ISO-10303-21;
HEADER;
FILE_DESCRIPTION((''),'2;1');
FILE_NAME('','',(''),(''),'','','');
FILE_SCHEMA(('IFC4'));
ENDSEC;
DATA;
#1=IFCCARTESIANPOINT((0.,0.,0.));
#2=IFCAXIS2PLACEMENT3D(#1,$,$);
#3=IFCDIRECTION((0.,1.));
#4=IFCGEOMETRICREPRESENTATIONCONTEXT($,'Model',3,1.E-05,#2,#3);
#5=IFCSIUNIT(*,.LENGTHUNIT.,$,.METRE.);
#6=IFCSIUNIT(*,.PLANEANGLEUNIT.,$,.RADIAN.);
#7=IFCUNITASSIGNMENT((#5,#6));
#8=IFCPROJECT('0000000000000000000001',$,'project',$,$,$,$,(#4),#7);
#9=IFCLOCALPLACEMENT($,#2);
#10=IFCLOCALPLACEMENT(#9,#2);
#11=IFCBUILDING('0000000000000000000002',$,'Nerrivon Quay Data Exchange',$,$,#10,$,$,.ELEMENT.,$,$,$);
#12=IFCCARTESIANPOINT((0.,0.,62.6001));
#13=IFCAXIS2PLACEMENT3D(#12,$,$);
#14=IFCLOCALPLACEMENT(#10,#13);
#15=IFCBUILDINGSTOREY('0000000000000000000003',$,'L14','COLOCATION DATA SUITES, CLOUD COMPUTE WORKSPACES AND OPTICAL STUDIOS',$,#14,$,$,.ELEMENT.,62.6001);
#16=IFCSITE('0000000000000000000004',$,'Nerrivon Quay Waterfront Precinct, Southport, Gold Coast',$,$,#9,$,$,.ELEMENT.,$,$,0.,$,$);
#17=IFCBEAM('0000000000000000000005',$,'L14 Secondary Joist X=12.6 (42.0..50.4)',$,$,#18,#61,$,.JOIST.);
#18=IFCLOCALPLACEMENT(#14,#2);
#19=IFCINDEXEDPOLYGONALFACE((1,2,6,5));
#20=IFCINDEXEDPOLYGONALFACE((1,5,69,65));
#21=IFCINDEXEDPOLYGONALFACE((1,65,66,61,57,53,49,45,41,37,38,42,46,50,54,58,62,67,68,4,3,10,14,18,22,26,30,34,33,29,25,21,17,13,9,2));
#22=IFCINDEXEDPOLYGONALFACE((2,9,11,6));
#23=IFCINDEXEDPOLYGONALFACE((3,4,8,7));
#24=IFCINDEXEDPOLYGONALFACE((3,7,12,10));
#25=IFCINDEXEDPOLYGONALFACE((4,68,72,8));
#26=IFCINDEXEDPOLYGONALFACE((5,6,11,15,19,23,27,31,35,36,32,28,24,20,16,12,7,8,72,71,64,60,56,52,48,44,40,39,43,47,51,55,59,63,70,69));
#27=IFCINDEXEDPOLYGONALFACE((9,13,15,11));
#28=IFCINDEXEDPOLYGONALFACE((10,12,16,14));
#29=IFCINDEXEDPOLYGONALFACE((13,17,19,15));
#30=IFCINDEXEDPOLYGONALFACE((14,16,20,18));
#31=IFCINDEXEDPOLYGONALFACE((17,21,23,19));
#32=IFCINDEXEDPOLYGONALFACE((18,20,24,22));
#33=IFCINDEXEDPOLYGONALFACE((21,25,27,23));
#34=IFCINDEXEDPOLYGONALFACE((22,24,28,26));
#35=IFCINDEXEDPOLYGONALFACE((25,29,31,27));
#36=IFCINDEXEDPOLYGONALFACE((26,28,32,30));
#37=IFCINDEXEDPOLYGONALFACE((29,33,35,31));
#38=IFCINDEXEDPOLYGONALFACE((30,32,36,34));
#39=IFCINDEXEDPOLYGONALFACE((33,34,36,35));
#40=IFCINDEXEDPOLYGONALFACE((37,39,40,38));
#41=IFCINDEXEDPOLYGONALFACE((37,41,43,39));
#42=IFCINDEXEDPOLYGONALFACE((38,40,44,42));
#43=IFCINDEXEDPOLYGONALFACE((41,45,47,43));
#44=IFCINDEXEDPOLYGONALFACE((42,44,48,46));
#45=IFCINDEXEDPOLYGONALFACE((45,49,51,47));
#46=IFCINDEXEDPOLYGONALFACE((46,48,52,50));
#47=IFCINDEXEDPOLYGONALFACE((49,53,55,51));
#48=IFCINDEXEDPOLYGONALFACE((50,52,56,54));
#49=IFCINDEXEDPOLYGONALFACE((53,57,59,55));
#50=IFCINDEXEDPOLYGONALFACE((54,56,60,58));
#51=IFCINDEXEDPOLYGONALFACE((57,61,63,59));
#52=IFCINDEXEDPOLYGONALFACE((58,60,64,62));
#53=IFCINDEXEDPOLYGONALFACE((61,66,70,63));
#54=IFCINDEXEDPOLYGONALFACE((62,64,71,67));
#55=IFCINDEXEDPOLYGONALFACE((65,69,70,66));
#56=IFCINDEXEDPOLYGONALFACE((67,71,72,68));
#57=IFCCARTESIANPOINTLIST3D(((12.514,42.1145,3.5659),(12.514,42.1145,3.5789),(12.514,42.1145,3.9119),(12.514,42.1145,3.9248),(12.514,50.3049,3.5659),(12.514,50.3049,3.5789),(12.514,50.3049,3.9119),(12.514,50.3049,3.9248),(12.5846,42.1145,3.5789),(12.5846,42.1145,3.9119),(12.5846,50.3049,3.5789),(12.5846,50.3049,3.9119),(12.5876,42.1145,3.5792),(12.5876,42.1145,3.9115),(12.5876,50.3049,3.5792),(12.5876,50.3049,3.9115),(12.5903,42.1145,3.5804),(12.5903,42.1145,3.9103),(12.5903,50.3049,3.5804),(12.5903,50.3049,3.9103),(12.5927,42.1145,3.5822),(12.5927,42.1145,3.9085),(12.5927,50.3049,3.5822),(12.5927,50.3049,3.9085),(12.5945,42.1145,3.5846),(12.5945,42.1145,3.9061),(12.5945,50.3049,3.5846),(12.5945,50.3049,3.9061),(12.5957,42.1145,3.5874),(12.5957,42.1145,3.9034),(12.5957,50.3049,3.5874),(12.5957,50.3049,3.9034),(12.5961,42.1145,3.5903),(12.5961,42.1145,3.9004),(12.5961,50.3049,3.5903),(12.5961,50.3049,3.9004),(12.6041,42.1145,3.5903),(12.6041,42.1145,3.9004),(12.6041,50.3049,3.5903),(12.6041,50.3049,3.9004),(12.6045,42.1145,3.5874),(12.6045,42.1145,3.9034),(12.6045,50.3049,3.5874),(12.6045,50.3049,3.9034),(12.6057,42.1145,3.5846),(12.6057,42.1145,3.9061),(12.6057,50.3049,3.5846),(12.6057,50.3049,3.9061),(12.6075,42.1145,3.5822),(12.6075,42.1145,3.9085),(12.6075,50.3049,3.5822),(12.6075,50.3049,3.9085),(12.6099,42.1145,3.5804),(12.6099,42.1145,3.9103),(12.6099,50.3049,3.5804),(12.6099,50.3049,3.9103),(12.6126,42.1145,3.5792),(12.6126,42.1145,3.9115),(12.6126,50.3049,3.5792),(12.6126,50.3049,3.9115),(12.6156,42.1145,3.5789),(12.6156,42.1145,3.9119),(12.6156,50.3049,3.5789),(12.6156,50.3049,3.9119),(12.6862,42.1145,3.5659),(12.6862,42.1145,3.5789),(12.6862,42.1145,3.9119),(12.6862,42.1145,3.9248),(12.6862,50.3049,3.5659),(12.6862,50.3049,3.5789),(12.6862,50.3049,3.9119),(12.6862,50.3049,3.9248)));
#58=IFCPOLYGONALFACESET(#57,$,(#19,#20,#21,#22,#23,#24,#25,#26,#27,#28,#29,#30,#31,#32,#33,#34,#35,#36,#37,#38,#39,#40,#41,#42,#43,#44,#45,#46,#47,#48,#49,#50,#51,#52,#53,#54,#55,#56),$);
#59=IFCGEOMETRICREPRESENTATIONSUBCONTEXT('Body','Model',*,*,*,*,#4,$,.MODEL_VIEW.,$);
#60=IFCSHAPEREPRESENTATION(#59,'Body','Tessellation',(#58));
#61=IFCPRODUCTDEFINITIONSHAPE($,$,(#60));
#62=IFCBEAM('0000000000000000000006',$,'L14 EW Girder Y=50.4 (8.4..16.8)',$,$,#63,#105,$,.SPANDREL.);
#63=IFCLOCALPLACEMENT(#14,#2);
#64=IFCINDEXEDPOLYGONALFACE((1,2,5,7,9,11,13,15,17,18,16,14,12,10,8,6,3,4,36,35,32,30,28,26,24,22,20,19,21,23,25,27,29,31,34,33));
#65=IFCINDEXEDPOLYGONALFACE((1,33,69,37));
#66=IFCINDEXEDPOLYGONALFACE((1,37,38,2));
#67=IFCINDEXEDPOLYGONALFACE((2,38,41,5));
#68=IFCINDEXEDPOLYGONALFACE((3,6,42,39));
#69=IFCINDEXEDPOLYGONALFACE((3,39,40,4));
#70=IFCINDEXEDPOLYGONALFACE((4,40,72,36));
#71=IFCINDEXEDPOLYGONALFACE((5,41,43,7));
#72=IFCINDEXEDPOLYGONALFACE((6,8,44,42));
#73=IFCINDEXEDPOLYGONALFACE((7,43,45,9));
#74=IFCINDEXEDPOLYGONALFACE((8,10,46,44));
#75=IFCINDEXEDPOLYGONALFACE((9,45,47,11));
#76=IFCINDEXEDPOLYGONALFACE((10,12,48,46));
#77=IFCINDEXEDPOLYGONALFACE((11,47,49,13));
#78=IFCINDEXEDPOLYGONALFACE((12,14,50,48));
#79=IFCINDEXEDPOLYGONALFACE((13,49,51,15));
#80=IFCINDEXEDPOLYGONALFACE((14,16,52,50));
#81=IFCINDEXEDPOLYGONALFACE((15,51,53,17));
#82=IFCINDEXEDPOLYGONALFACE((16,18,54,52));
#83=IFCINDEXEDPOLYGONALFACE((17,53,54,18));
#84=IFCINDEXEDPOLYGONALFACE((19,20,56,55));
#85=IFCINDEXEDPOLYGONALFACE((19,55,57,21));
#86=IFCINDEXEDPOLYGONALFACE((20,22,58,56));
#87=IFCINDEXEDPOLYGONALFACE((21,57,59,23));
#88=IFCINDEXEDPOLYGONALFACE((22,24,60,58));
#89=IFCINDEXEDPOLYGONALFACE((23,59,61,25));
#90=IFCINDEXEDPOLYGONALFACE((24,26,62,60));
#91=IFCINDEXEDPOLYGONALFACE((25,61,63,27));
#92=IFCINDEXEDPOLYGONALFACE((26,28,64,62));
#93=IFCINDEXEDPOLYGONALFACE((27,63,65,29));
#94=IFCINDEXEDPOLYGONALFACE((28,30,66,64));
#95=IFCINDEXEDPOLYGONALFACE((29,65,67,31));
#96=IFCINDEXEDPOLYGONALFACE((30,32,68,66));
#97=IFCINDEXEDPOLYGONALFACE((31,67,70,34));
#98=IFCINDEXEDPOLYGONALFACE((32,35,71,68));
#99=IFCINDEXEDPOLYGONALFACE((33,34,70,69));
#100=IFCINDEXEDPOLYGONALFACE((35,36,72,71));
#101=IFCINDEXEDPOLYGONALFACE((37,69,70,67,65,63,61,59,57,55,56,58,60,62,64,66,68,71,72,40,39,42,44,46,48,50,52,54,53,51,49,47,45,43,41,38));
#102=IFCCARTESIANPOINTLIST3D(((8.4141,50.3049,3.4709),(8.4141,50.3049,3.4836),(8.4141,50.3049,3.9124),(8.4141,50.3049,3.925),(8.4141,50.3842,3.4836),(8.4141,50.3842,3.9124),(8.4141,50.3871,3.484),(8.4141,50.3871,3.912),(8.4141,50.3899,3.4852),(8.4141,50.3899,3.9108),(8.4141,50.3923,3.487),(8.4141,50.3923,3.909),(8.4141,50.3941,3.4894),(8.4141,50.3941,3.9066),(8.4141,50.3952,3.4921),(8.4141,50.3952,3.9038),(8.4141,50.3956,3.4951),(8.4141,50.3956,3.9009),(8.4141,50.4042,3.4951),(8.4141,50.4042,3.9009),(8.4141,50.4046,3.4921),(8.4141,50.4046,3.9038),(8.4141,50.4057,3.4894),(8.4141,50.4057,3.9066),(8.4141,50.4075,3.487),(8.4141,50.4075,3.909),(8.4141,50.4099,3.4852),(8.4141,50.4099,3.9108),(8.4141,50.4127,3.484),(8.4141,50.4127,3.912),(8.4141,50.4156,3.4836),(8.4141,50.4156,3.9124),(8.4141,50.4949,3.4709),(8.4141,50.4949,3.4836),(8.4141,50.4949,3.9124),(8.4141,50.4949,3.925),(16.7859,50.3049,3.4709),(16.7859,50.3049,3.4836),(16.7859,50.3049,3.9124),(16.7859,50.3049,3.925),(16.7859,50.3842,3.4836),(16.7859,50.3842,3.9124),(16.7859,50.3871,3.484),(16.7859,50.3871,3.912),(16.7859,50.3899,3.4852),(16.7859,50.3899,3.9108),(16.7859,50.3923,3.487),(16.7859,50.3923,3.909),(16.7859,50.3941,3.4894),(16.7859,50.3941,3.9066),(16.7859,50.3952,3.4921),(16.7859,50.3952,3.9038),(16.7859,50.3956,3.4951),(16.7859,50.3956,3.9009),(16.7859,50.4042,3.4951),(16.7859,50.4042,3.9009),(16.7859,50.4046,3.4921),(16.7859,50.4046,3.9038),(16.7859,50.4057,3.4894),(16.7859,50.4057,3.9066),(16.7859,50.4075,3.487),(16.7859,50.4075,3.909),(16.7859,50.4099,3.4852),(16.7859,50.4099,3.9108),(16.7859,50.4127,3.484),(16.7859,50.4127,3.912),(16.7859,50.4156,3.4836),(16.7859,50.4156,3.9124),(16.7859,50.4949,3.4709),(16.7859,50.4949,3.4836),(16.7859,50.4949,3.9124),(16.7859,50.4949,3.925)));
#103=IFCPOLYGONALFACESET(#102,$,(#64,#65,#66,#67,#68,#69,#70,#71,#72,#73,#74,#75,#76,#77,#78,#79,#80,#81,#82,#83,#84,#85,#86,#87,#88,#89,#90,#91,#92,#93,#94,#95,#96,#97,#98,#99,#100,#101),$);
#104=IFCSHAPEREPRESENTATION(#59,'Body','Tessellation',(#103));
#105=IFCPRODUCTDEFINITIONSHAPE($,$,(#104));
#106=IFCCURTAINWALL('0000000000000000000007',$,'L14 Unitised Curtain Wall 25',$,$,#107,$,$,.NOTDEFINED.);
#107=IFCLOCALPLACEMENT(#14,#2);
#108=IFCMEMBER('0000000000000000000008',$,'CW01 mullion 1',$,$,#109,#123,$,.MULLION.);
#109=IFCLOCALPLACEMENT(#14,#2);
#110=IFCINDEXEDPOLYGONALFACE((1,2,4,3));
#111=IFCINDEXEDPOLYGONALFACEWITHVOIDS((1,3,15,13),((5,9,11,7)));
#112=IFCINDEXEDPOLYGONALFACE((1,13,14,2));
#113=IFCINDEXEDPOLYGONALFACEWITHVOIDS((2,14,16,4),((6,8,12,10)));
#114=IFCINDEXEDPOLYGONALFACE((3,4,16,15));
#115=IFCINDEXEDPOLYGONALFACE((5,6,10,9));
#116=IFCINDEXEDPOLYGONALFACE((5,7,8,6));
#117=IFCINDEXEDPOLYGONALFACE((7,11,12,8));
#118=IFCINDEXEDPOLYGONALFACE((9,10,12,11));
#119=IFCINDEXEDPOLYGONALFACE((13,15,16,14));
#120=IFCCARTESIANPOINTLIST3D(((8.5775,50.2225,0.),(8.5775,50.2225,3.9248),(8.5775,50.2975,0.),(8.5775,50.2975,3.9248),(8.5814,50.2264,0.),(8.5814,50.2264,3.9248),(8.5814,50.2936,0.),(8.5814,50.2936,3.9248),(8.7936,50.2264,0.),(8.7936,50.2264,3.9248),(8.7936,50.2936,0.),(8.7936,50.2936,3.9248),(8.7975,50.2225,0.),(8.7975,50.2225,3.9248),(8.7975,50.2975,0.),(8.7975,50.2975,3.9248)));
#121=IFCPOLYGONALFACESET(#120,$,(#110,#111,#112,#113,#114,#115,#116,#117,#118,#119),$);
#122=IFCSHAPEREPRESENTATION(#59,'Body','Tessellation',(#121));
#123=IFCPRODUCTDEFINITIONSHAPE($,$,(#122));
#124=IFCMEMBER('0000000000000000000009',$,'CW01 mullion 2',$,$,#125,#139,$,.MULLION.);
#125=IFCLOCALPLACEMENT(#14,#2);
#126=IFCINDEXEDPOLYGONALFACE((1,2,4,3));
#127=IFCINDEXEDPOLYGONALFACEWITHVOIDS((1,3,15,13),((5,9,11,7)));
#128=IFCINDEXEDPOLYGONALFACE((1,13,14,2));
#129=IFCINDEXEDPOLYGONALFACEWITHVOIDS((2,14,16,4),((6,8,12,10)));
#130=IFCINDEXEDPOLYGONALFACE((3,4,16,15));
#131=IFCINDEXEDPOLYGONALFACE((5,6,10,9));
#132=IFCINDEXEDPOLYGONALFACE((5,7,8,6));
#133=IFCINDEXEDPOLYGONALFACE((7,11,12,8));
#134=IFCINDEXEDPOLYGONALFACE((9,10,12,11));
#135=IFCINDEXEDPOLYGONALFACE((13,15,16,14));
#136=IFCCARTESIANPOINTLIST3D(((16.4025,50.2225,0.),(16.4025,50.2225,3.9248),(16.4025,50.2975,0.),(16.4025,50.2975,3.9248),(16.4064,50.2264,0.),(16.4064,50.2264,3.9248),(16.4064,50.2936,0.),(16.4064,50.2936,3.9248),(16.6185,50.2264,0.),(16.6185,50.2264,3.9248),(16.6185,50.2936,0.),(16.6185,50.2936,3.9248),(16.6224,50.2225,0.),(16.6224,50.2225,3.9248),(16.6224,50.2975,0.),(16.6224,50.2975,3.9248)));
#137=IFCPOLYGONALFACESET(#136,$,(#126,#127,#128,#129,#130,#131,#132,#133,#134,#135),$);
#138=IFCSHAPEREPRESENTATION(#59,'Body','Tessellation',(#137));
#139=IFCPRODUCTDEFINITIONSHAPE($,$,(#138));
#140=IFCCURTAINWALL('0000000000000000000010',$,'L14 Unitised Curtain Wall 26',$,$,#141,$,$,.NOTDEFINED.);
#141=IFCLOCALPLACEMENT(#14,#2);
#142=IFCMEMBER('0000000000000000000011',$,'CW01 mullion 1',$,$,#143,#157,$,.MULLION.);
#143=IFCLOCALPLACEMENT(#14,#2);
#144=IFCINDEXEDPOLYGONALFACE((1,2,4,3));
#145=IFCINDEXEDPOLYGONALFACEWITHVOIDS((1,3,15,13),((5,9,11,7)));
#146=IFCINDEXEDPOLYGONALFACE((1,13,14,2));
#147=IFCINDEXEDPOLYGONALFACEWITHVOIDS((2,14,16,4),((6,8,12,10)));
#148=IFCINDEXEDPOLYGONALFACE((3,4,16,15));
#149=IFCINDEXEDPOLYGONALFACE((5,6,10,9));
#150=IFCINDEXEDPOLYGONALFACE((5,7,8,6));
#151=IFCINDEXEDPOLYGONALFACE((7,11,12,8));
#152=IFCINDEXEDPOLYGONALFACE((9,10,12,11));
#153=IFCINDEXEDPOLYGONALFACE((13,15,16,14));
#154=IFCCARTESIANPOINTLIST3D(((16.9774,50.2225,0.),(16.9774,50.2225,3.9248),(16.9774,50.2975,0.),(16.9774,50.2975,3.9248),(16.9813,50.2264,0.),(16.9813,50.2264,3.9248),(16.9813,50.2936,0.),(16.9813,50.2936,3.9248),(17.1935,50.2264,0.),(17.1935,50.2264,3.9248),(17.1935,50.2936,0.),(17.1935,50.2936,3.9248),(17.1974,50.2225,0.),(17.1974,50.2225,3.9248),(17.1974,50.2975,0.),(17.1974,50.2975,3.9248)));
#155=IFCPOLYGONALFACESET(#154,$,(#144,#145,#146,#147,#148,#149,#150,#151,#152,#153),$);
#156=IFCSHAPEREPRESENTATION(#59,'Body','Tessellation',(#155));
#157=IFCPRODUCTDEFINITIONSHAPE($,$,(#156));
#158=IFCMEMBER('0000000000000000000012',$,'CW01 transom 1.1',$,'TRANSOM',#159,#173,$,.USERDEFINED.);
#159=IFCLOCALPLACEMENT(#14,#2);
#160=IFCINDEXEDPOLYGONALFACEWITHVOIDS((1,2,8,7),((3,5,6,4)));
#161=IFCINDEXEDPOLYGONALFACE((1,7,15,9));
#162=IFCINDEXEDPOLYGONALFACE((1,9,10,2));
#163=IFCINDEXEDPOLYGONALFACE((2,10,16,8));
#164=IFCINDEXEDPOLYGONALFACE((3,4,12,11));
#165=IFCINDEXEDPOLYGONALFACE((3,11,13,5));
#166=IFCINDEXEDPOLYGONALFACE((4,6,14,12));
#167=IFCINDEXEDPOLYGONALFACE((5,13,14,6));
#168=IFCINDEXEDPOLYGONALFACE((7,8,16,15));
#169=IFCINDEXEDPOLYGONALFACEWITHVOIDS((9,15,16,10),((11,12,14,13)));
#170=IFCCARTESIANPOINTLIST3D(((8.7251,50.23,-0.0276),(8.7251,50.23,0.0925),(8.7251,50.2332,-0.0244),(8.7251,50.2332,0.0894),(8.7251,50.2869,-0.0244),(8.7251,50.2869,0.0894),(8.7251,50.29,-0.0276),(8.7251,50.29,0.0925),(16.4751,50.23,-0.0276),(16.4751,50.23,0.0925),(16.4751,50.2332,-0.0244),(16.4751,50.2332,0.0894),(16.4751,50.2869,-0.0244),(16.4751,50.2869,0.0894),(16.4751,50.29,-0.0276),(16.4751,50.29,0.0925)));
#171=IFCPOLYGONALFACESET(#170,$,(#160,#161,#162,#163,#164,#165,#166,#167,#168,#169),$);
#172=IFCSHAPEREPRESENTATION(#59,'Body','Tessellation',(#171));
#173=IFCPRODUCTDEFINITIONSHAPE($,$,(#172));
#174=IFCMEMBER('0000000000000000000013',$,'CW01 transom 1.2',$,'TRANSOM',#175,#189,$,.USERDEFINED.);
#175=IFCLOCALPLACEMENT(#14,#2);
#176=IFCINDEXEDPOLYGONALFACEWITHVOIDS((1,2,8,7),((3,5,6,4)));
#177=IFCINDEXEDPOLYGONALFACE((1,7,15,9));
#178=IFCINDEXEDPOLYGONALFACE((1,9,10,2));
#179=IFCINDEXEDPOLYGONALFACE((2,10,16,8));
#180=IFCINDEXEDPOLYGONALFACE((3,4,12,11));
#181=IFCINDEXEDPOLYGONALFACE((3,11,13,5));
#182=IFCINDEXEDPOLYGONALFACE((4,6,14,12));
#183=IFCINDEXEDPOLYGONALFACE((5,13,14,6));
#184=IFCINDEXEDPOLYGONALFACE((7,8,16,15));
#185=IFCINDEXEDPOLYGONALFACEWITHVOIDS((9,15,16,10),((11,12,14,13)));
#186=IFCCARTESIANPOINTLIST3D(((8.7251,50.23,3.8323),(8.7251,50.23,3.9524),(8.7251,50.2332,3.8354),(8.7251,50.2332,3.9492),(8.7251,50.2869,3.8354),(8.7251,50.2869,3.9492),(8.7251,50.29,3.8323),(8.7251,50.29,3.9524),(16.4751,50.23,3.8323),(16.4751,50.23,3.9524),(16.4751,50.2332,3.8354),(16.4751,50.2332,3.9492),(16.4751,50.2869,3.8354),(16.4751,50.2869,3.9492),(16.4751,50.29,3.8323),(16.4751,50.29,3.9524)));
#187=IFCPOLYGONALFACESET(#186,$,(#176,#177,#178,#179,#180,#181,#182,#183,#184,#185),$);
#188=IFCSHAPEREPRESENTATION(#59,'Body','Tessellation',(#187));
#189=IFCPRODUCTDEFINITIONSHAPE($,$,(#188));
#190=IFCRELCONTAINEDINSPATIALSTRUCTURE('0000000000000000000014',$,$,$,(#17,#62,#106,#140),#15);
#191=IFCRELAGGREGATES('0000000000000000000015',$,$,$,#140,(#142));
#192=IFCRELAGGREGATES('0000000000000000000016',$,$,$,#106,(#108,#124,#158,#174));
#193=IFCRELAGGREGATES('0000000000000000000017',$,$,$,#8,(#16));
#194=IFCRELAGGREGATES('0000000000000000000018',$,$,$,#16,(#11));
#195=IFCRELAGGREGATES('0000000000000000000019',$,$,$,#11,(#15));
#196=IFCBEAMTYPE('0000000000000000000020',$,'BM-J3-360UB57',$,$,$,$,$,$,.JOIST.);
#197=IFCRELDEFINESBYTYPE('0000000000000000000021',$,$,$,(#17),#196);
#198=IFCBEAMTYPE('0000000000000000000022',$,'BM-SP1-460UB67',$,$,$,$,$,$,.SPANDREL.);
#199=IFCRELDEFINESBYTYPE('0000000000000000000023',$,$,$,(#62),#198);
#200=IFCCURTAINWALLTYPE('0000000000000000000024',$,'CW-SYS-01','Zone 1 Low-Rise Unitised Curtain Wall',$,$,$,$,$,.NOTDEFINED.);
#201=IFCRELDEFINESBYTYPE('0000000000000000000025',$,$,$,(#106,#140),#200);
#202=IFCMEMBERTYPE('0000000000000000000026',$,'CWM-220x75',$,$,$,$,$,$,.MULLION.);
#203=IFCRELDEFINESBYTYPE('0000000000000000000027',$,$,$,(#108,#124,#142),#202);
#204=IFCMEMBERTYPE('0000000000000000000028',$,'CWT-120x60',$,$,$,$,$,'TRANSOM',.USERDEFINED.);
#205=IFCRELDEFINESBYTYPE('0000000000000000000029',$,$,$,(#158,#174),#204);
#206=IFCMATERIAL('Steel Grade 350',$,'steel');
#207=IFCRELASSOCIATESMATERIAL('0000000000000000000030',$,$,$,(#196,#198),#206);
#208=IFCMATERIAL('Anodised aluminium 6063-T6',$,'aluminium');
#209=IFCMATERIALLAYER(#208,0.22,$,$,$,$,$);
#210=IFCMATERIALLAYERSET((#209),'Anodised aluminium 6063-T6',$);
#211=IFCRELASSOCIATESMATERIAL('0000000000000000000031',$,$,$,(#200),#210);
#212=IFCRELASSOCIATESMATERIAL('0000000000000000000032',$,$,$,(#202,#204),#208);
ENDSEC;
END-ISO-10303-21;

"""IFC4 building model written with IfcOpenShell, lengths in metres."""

from ifc_helpers import new_model, si_unit, direction, frame, origin, origin_2d, place, context, subcontext, project, spatial, hollow_rectangle, i_section, extrude, material, layer, layer_set, material_profile, profile_set, type_object, element, aggregate, save


model = new_model("IFC4")

# Units and contexts
model_context = context("Model", 3, precision=1e-05, world=origin(), true_north=direction((0.0, 1.0)))
body_context = subcontext(model_context, "Body", "Model", "MODEL_VIEW")
ifc_project = project(units=[si_unit("LENGTHUNIT", "METRE"), si_unit("PLANEANGLEUNIT", "RADIAN")], contexts=[model_context])

# Site, building, storey
site_placement = place(None, origin())
site = spatial("IfcSite", under=ifc_project, at=site_placement, Name="Nerrivon Quay Waterfront Precinct, Southport, Gold Coast", CompositionType="ELEMENT", RefElevation=0.0)
building_placement = place(site_placement, origin())
building = spatial("IfcBuilding", under=site, at=building_placement, Name="Nerrivon Quay Data Exchange", CompositionType="ELEMENT")
storey_placement = place(building_placement, frame((0.0, 0.0, 62.6001)))
storey = spatial("IfcBuildingStorey", under=building, at=storey_placement, Name="L14", Description="COLOCATION DATA SUITES, CLOUD COMPUTE WORKSPACES AND OPTICAL STUDIOS", CompositionType="ELEMENT", Elevation=62.6001)

# Shared definitions
ifc_material_1 = material(Name="Steel Grade 350", Category="steel")

# Beams
ifc_material_profile_1 = material_profile(ifc_material_1, i_section(OverallWidth=0.1721, OverallDepth=0.3589, WebThickness=0.0081, FlangeThickness=0.0129, FilletRadius=0.0115, at=origin_2d()), Name="360UB56.7")
ifc_profile_set_1 = profile_set([ifc_material_profile_1], Name="Steel Grade 350")
beam_type_1 = type_object("IfcBeamType", Name="BM-J3-360UB57", PredefinedType="JOIST", material=ifc_profile_set_1)
beam_1_placement = place(storey_placement, frame((12.6001, 42.1145, 3.7454), z_axis=(0.0, 1.0, 0.0), x_axis=(-1.0, 0.0, 0.0)))
element("IfcBeam", 1, at=beam_1_placement, inside=storey, type_object=beam_type_1, Name="L14 Secondary Joist X=12.6 (42.0..50.4)", PredefinedType="JOIST", context=body_context, shape_type="SweptSolid", body=[
    extrude(i_section(OverallWidth=0.1721, OverallDepth=0.3589, WebThickness=0.0081, FlangeThickness=0.0129, FilletRadius=0.0115, at=origin_2d()), origin(), (0.0, 0.0, 1.0), 8.1904),
])
ifc_material_profile_2 = material_profile(ifc_material_1, i_section(OverallWidth=0.1899, OverallDepth=0.4541, WebThickness=0.0085, FlangeThickness=0.0127, FilletRadius=0.0115, at=origin_2d()), Name="460UB67.1")
ifc_profile_set_2 = profile_set([ifc_material_profile_2], Name="Steel Grade 350")
beam_type_2 = type_object("IfcBeamType", Name="BM-SP1-460UB67", PredefinedType="SPANDREL", material=ifc_profile_set_2)
beam_2_placement = place(storey_placement, frame((8.4141, 50.3999, 3.698), z_axis=(1.0, 0.0, 0.0), x_axis=(0.0, 1.0, 0.0)))
element("IfcBeam", 2, at=beam_2_placement, inside=storey, type_object=beam_type_2, Name="L14 EW Girder Y=50.4 (8.4..16.8)", PredefinedType="SPANDREL", context=body_context, shape_type="SweptSolid", body=[
    extrude(i_section(OverallWidth=0.1899, OverallDepth=0.4541, WebThickness=0.0085, FlangeThickness=0.0127, FilletRadius=0.0115, at=origin_2d()), origin(), (0.0, 0.0, 1.0), 8.3718),
])

# Curtain wall, members
ifc_material_2 = material(Name="Anodised aluminium 6063-T6", Category="aluminium")
ifc_layer_1 = layer(ifc_material_2, 0.22)
ifc_layer_set_1 = layer_set([ifc_layer_1], Name="Anodised aluminium 6063-T6")
curtain_wall_type = type_object("IfcCurtainWallType", Name="CW-SYS-01", Description="Zone 1 Low-Rise Unitised Curtain Wall", PredefinedType="NOTDEFINED", material=ifc_layer_set_1)
curtain_wall_1_placement = place(storey_placement, origin())
curtain_wall_1 = element("IfcCurtainWall", 3, at=curtain_wall_1_placement, inside=storey, type_object=curtain_wall_type, Name="L14 Unitised Curtain Wall 25", PredefinedType="NOTDEFINED")
ifc_material_profile_3 = material_profile(ifc_material_2, hollow_rectangle(XDim=0.075, YDim=0.22, WallThickness=0.0039, at=origin_2d()), Name="ALU-MULL-220x75")
ifc_profile_set_3 = profile_set([ifc_material_profile_3], Name="Anodised aluminium 6063-T6")
member_type_1 = type_object("IfcMemberType", Name="CWM-220x75", PredefinedType="MULLION", material=ifc_profile_set_3)
member_1_placement = place(storey_placement, frame((8.6875, 50.26, 0.0), z_axis=(0.0, 0.0, 1.0), x_axis=(0.0, 1.0, 0.0)))
member_1 = element("IfcMember", 4, at=member_1_placement, type_object=member_type_1, Name="CW01 mullion 1", PredefinedType="MULLION", context=body_context, shape_type="SweptSolid", body=[
    extrude(hollow_rectangle(XDim=0.075, YDim=0.22, WallThickness=0.0039, at=origin_2d()), origin(), (0.0, 0.0, 1.0), 3.9248),
])
member_2_placement = place(storey_placement, frame((16.5125, 50.26, 0.0), z_axis=(0.0, 0.0, 1.0), x_axis=(0.0, 1.0, 0.0)))
member_2 = element("IfcMember", 5, at=member_2_placement, type_object=member_type_1, Name="CW01 mullion 2", PredefinedType="MULLION", context=body_context, shape_type="SweptSolid", body=[
    extrude(hollow_rectangle(XDim=0.075, YDim=0.22, WallThickness=0.0039, at=origin_2d()), origin(), (0.0, 0.0, 1.0), 3.9248),
])

# Curtain wall, member
curtain_wall_2_placement = place(storey_placement, origin())
curtain_wall_2 = element("IfcCurtainWall", 6, at=curtain_wall_2_placement, inside=storey, type_object=curtain_wall_type, Name="L14 Unitised Curtain Wall 26", PredefinedType="NOTDEFINED")
member_3_placement = place(storey_placement, frame((17.0874, 50.26, 0.0), z_axis=(0.0, 0.0, 1.0), x_axis=(0.0, 1.0, 0.0)))
member_3 = element("IfcMember", 7, at=member_3_placement, type_object=member_type_1, Name="CW01 mullion 1", PredefinedType="MULLION", context=body_context, shape_type="SweptSolid", body=[
    extrude(hollow_rectangle(XDim=0.075, YDim=0.22, WallThickness=0.0039, at=origin_2d()), origin(), (0.0, 0.0, 1.0), 3.9248),
])

# Members
ifc_material_profile_4 = material_profile(ifc_material_2, hollow_rectangle(XDim=0.0601, YDim=0.1201, WallThickness=0.0032, at=origin_2d()), Name="ALU-TRAN-120x60")
ifc_profile_set_4 = profile_set([ifc_material_profile_4], Name="Anodised aluminium 6063-T6")
member_type_2 = type_object("IfcMemberType", Name="CWT-120x60", ElementType="TRANSOM", PredefinedType="USERDEFINED", material=ifc_profile_set_4)
member_4_placement = place(storey_placement, frame((8.7251, 50.26, 0.0325), z_axis=(1.0, 0.0, 0.0), x_axis=(0.0, 1.0, 0.0)))
member_4 = element("IfcMember", 8, at=member_4_placement, type_object=member_type_2, Name="CW01 transom 1.1", ObjectType="TRANSOM", PredefinedType="USERDEFINED", context=body_context, shape_type="SweptSolid", body=[
    extrude(hollow_rectangle(XDim=0.0601, YDim=0.1201, WallThickness=0.0032, at=origin_2d()), origin(), (0.0, 0.0, 1.0), 7.75),
])
member_5_placement = place(storey_placement, frame((8.7251, 50.26, 3.8923), z_axis=(1.0, 0.0, 0.0), x_axis=(0.0, 1.0, 0.0)))
member_5 = element("IfcMember", 9, at=member_5_placement, type_object=member_type_2, Name="CW01 transom 1.2", ObjectType="TRANSOM", PredefinedType="USERDEFINED", context=body_context, shape_type="SweptSolid", body=[
    extrude(hollow_rectangle(XDim=0.0601, YDim=0.1201, WallThickness=0.0032, at=origin_2d()), origin(), (0.0, 0.0, 1.0), 7.75),
])
aggregate(curtain_wall_2, [member_3])

aggregate(curtain_wall_1, [member_1, member_2, member_4, member_5])

save(model, "model.ifc")
